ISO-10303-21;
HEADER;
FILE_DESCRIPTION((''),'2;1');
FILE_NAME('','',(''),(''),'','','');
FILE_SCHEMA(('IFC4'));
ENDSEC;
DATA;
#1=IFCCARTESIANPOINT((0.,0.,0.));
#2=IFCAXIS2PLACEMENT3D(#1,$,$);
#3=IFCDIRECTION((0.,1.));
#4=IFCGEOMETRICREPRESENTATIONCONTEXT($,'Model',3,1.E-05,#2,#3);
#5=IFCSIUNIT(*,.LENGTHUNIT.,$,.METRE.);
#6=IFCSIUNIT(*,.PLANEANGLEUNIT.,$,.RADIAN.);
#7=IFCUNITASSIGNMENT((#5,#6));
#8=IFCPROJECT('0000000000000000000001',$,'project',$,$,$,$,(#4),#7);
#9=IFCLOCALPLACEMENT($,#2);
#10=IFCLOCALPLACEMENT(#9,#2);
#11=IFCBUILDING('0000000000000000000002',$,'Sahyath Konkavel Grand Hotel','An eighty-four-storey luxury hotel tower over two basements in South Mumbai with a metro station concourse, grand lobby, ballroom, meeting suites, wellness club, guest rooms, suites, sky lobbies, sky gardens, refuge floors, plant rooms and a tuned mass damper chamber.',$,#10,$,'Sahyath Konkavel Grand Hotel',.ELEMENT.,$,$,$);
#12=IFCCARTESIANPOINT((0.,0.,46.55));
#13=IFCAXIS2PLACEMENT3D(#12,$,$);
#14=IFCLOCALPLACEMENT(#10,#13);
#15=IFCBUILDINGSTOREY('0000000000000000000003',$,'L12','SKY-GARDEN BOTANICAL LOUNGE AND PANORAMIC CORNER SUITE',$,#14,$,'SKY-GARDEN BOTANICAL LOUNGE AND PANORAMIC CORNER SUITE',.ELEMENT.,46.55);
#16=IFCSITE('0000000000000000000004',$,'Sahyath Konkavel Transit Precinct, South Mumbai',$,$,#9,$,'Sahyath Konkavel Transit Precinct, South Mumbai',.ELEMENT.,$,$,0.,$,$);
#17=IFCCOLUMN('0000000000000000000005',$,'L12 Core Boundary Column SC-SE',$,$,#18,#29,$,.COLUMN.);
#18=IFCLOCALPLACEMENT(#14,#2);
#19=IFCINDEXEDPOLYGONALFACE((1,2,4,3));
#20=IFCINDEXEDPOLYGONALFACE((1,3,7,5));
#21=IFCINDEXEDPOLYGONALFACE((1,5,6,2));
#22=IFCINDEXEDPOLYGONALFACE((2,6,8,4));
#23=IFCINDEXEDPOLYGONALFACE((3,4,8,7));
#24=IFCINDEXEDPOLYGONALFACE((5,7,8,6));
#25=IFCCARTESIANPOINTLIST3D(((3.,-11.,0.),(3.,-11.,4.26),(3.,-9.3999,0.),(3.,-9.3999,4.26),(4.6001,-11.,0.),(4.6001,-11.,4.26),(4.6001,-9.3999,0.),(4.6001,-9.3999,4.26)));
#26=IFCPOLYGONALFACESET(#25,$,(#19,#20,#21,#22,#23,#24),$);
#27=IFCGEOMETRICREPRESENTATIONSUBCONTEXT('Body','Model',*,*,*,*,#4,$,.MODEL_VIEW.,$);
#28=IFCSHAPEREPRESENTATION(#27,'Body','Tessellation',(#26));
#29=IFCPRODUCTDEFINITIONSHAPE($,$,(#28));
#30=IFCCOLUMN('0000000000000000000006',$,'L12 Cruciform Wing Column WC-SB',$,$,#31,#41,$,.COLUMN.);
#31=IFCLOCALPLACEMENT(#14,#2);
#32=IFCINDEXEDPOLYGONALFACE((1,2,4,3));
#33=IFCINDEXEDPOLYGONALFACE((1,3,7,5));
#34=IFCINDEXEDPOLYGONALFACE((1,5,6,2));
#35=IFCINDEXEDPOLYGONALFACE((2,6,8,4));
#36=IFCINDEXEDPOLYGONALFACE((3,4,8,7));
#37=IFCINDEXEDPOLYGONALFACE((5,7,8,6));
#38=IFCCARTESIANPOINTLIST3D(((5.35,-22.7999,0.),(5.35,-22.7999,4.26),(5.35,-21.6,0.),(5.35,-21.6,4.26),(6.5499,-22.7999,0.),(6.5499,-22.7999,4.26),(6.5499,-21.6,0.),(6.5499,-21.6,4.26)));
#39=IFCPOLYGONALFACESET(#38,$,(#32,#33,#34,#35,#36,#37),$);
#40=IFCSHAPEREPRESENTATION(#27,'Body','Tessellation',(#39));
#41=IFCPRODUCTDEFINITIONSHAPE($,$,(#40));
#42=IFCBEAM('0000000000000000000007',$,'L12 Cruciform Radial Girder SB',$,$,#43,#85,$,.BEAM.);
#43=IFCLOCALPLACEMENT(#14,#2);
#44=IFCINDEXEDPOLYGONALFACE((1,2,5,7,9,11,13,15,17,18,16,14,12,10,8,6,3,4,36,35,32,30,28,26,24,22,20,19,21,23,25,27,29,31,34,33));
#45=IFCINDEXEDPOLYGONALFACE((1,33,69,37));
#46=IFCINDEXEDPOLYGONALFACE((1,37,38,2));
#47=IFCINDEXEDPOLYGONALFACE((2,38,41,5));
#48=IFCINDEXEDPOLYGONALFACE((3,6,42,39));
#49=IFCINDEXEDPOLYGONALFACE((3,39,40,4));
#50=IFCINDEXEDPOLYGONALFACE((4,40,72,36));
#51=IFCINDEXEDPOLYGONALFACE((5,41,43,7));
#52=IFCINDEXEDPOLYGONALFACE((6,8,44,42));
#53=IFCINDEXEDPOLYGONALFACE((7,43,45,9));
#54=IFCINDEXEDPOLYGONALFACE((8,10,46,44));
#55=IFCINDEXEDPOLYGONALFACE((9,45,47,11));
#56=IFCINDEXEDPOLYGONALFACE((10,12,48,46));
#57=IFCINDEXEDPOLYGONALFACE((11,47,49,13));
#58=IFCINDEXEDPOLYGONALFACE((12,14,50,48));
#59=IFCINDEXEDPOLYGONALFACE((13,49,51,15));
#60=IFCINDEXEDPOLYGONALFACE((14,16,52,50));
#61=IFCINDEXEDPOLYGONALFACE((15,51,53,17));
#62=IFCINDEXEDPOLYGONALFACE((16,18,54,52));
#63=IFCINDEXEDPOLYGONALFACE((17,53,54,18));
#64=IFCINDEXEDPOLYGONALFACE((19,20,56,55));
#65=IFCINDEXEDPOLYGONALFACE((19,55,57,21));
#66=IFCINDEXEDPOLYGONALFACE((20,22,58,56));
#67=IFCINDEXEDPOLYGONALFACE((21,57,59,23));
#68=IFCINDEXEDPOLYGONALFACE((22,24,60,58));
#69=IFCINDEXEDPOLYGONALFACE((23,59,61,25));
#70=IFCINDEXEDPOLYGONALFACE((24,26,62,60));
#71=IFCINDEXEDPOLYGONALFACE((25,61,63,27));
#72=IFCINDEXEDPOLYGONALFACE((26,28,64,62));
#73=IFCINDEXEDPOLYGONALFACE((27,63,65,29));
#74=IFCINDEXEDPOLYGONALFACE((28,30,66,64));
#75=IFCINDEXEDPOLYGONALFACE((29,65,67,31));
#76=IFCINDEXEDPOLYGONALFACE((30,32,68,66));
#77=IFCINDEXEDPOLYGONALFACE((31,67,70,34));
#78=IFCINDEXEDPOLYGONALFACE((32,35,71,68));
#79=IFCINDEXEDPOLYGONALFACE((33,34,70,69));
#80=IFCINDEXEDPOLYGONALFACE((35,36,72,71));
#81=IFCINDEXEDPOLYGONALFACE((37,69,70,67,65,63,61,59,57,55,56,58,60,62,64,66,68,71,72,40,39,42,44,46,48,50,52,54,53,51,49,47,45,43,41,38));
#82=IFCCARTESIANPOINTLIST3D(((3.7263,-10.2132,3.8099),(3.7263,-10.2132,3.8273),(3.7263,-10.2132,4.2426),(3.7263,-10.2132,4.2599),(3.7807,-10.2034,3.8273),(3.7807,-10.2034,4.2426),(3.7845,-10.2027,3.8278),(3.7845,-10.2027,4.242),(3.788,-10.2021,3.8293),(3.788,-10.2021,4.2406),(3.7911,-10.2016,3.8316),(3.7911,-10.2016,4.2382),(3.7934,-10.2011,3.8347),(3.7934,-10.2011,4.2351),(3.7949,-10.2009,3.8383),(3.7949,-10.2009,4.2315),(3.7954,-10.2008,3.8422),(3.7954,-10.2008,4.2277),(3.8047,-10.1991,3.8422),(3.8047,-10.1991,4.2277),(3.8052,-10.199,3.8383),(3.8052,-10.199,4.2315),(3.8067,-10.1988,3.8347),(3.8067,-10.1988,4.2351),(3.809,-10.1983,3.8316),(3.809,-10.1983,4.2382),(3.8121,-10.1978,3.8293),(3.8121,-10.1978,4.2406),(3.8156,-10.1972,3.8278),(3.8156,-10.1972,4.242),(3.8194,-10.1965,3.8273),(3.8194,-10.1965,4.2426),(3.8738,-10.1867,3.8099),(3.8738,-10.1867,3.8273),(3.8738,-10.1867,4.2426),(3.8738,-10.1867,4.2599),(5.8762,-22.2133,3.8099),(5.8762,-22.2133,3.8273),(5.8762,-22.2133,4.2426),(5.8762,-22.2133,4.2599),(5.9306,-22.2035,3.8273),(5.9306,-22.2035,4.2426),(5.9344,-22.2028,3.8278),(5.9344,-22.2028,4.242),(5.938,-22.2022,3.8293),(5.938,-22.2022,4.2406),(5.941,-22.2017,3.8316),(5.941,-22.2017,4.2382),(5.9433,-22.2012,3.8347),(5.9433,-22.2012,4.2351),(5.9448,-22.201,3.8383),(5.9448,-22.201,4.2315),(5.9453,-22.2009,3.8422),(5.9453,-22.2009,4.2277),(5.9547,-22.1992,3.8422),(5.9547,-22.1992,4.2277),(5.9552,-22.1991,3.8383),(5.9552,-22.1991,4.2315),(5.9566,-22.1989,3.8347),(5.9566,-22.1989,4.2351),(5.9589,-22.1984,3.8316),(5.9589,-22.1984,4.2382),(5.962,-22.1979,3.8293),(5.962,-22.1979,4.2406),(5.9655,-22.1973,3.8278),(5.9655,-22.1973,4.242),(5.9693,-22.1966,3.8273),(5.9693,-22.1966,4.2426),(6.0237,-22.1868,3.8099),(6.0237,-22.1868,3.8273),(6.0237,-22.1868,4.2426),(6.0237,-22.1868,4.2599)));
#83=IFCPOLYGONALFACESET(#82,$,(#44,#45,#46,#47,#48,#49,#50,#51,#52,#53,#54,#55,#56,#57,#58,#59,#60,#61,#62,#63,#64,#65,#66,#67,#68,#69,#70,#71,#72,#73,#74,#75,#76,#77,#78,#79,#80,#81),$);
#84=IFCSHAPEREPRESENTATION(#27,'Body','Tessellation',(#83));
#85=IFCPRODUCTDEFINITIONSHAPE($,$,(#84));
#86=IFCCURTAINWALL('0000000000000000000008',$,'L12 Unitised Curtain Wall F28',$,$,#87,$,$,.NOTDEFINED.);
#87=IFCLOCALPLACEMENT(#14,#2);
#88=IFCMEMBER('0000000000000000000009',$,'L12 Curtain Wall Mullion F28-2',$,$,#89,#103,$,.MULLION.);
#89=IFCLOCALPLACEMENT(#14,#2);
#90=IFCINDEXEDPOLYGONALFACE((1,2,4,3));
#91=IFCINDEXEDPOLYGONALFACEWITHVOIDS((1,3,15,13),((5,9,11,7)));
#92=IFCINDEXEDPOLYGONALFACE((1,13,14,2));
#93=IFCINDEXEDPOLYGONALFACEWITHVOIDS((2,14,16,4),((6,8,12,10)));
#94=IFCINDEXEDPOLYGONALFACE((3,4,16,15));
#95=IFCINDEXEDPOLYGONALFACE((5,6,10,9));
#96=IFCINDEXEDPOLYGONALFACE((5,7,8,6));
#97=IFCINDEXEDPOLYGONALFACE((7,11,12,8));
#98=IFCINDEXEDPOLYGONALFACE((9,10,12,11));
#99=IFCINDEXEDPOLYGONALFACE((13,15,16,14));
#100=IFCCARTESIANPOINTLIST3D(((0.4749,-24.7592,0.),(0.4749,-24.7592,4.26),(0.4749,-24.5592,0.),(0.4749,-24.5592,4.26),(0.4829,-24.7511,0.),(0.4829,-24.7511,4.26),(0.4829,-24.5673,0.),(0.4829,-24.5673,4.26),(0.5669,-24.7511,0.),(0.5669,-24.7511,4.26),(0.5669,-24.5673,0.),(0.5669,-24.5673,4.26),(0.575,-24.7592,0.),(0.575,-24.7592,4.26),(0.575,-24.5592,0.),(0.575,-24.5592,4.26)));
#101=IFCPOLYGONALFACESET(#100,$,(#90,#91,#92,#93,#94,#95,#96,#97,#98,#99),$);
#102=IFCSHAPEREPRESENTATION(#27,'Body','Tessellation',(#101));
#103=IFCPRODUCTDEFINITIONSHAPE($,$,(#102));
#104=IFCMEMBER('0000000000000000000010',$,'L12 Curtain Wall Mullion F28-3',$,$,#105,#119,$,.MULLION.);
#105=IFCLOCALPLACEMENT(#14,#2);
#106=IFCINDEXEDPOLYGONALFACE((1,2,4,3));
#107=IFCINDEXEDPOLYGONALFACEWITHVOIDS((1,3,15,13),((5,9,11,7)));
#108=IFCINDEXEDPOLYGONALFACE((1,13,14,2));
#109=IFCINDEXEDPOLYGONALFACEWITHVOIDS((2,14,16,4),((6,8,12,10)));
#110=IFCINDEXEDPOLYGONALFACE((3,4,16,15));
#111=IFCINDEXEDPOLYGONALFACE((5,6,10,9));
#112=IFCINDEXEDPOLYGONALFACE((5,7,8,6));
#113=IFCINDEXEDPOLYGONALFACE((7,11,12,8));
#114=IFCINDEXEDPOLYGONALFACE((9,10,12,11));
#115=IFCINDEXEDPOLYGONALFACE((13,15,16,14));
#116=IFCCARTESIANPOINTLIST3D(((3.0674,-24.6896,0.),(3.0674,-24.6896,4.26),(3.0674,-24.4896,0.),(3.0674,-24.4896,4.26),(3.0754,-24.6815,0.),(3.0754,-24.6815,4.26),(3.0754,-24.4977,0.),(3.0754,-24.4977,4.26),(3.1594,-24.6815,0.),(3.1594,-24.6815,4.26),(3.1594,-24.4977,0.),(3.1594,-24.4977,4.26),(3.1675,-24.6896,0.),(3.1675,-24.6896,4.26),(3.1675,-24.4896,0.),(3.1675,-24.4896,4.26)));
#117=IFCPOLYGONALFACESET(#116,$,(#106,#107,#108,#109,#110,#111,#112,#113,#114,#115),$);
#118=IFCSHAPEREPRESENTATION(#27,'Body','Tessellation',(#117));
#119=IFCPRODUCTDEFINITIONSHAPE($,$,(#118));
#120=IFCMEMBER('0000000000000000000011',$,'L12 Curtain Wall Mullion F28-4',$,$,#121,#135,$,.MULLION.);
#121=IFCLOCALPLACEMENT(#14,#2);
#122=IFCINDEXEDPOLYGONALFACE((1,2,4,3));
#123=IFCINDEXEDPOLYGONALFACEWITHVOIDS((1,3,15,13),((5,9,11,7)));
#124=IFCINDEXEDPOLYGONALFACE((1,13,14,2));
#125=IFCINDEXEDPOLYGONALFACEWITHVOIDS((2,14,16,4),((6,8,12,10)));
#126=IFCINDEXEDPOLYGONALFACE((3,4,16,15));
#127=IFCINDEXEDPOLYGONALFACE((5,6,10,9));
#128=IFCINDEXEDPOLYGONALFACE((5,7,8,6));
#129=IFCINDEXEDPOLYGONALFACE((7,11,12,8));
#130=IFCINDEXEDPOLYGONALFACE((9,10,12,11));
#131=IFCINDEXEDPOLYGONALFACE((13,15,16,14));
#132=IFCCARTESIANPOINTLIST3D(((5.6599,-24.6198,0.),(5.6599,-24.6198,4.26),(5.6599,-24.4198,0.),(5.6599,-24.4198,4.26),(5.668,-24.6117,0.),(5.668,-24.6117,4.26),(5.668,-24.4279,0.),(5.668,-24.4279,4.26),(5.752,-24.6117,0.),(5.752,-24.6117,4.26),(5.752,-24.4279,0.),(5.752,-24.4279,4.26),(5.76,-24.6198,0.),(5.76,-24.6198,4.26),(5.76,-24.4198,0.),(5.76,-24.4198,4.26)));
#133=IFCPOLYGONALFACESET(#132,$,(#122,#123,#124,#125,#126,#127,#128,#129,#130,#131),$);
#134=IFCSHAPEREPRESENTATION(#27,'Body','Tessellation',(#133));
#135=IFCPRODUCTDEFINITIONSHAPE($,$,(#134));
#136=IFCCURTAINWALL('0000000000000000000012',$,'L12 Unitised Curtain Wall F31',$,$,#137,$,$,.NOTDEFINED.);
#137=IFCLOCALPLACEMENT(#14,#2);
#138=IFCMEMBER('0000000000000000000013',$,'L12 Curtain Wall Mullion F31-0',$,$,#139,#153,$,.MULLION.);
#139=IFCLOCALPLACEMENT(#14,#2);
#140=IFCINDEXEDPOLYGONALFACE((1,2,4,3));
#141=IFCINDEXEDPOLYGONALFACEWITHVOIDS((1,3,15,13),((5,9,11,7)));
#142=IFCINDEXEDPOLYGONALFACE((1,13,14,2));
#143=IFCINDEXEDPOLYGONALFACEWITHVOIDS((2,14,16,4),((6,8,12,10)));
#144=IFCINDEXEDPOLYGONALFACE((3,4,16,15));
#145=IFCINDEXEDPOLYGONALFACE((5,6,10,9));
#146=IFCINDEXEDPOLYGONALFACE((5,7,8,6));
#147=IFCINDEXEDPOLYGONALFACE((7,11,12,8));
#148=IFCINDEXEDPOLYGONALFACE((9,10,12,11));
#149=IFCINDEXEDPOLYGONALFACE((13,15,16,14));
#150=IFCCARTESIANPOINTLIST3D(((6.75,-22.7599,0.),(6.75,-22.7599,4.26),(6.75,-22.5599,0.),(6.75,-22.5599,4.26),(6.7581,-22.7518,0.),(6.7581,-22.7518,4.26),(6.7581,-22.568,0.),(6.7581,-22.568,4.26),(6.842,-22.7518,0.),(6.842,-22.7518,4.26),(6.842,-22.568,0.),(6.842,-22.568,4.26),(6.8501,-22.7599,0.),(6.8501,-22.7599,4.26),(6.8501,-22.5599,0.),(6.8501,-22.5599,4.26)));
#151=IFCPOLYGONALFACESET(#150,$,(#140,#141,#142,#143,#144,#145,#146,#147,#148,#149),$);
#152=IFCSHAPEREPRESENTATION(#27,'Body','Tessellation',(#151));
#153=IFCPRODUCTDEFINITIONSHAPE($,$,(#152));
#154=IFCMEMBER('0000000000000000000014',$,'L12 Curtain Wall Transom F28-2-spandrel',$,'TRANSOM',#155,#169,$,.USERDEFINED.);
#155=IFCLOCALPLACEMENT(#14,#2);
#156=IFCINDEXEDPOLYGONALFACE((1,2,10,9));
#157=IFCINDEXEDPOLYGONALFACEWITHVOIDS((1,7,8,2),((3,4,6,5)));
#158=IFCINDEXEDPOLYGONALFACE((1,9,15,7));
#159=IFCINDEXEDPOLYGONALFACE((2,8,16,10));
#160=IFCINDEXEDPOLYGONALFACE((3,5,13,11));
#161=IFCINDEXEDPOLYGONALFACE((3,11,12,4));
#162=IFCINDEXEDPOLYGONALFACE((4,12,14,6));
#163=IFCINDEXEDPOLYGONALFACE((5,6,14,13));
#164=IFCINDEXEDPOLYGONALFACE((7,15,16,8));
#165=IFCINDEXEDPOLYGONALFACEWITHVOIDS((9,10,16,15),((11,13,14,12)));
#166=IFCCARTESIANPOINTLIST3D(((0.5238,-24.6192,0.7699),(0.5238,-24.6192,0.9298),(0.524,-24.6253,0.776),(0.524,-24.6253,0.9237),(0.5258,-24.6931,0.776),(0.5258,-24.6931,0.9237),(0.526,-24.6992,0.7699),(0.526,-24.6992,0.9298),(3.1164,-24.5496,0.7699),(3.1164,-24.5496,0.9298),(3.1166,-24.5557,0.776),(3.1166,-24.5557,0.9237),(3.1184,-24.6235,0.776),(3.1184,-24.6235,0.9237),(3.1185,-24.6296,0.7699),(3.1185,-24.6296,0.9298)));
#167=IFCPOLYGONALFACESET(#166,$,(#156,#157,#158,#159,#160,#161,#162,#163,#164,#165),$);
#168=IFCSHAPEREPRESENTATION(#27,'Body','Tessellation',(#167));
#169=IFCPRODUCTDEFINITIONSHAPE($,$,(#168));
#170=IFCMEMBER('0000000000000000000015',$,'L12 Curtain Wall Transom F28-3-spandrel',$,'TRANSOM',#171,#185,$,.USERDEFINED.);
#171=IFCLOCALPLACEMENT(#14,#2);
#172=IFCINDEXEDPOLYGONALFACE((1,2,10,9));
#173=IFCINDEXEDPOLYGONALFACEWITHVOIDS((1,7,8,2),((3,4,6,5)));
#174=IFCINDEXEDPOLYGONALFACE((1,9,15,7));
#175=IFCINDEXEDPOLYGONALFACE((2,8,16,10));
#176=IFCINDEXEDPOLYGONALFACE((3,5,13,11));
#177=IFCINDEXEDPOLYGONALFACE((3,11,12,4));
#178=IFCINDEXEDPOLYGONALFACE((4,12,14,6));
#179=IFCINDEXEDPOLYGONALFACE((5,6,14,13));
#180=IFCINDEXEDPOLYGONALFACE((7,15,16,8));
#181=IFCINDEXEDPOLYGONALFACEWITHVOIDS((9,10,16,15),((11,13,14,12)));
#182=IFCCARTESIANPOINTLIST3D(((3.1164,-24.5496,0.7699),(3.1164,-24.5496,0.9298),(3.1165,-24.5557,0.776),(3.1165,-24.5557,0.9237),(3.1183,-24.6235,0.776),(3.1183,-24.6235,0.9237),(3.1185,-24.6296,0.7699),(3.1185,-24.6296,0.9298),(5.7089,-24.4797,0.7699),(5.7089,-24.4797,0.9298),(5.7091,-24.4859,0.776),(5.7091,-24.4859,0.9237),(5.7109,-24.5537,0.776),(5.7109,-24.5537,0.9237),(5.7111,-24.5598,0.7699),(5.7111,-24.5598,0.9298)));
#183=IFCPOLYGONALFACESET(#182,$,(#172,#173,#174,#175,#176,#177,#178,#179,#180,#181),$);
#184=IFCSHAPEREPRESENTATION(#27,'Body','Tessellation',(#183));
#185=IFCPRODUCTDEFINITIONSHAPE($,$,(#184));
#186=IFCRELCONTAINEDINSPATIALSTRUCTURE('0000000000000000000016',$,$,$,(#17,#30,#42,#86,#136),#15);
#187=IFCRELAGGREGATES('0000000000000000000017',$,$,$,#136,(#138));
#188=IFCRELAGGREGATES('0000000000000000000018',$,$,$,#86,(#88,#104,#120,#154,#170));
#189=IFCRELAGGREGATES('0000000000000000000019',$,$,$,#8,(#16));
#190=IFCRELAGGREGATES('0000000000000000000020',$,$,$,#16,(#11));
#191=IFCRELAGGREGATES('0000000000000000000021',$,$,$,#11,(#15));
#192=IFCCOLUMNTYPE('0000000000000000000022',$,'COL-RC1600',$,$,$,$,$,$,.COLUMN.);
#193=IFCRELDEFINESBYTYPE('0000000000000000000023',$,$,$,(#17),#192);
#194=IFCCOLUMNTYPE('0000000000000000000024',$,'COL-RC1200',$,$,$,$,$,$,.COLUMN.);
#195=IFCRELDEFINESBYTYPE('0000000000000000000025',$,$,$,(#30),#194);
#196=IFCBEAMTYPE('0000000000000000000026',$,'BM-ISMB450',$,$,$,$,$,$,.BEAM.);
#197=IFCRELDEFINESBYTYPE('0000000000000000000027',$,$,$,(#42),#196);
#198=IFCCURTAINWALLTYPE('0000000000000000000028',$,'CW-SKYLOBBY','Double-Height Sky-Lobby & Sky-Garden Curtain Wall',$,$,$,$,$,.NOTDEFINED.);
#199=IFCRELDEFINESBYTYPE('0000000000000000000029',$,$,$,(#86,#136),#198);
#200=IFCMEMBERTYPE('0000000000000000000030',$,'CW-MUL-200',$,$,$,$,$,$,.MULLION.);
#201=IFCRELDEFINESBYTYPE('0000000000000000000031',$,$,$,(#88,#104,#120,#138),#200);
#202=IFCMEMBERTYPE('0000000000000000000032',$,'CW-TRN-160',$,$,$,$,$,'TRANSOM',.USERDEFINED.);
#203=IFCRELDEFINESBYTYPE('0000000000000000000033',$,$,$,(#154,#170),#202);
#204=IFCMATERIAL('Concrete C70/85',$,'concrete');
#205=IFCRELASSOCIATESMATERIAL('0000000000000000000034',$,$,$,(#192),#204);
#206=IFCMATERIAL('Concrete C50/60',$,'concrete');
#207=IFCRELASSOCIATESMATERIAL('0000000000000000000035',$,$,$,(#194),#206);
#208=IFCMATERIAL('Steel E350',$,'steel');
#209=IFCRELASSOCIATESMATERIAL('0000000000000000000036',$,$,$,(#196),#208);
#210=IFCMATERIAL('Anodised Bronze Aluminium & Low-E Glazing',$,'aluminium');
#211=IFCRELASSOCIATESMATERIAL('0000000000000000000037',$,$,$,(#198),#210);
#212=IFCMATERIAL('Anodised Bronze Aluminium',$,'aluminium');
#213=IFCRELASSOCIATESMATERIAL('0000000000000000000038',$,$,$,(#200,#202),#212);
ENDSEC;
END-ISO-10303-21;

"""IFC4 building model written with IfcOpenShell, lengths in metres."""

from ifc_helpers import new_model, si_unit, direction, frame, origin, origin_2d, place, context, subcontext, project, spatial, rectangle, hollow_rectangle, i_section, extrude, source, transform, mapped, material, material_profile, profile_set, type_object, element, aggregate, save


model = new_model("IFC4")

# Units and contexts
model_context = context("Model", 3, precision=1e-05, world=origin(), true_north=direction((0.0, 1.0)))
body_context = subcontext(model_context, "Body", "Model", "MODEL_VIEW")
ifc_project = project(units=[si_unit("LENGTHUNIT", "METRE"), si_unit("PLANEANGLEUNIT", "RADIAN")], contexts=[model_context])

# Site, building, storey
site_placement = place(None, origin())
site = spatial("IfcSite", under=ifc_project, at=site_placement, Name="Sahyath Konkavel Transit Precinct, South Mumbai", LongName="Sahyath Konkavel Transit Precinct, South Mumbai", CompositionType="ELEMENT", RefElevation=0.0)
building_placement = place(site_placement, origin())
building = spatial("IfcBuilding", under=site, at=building_placement, Name="Sahyath Konkavel Grand Hotel", Description="An eighty-four-storey luxury hotel tower over two basements in South Mumbai with a metro station concourse, grand lobby, ballroom, meeting suites, wellness club, guest rooms, suites, sky lobbies, sky gardens, refuge floors, plant rooms and a tuned mass damper chamber.", LongName="Sahyath Konkavel Grand Hotel", CompositionType="ELEMENT")
storey_placement = place(building_placement, frame((0.0, 0.0, 46.55)))
storey = spatial("IfcBuildingStorey", under=building, at=storey_placement, Name="L12", Description="SKY-GARDEN BOTANICAL LOUNGE AND PANORAMIC CORNER SUITE", LongName="SKY-GARDEN BOTANICAL LOUNGE AND PANORAMIC CORNER SUITE", CompositionType="ELEMENT", Elevation=46.55)

# Columns
ifc_material_1 = material(Name="Concrete C70/85", Category="concrete")
ifc_material_profile_1 = material_profile(ifc_material_1, rectangle(XDim=1.6001, YDim=1.6001, at=origin_2d()), Name="RC 1600x1600")
ifc_profile_set_1 = profile_set([ifc_material_profile_1], Name="Concrete C70/85")
column_type_1 = type_object("IfcColumnType", Name="COL-RC1600", PredefinedType="COLUMN", material=ifc_profile_set_1)
shared_shape_1 = source(origin(), body_context, "Body", "SweptSolid", [
    extrude(rectangle(XDim=1.6001, YDim=1.6001, at=origin_2d()), origin(), (0.0, 0.0, 1.0), 4.26),
])
column_1_placement = place(storey_placement, frame((3.8, -10.2, 0.0), z_axis=(0.0, 0.0, 1.0), x_axis=(1.0, 0.0, 0.0)))
element("IfcColumn", 1, at=column_1_placement, inside=storey, type_object=column_type_1, Name="L12 Core Boundary Column SC-SE", PredefinedType="COLUMN", context=body_context, shape_type="MappedRepresentation", body=[
    mapped(shared_shape_1, transform((0.0, 0.0, 0.0), scale=1.0)),
])
ifc_material_2 = material(Name="Concrete C50/60", Category="concrete")
ifc_material_profile_2 = material_profile(ifc_material_2, rectangle(XDim=1.2, YDim=1.2, at=origin_2d()), Name="RC 1200x1200")
ifc_profile_set_2 = profile_set([ifc_material_profile_2], Name="Concrete C50/60")
column_type_2 = type_object("IfcColumnType", Name="COL-RC1200", PredefinedType="COLUMN", material=ifc_profile_set_2)
shared_shape_2 = source(origin(), body_context, "Body", "SweptSolid", [
    extrude(rectangle(XDim=1.2, YDim=1.2, at=origin_2d()), origin(), (0.0, 0.0, 1.0), 4.26),
])
column_2_placement = place(storey_placement, frame((5.95, -22.2, 0.0), z_axis=(0.0, 0.0, 1.0), x_axis=(1.0, 0.0, 0.0)))
element("IfcColumn", 2, at=column_2_placement, inside=storey, type_object=column_type_2, Name="L12 Cruciform Wing Column WC-SB", PredefinedType="COLUMN", context=body_context, shape_type="MappedRepresentation", body=[
    mapped(shared_shape_2, transform((0.0, 0.0, 0.0), scale=1.0)),
])

# Beam
ifc_material_3 = material(Name="Steel E350", Category="steel")
ifc_material_profile_3 = material_profile(ifc_material_3, i_section(OverallWidth=0.1499, OverallDepth=0.45, WebThickness=0.0095, FlangeThickness=0.0173, FilletRadius=0.0149, at=origin_2d()), Name="ISMB 450")
ifc_profile_set_3 = profile_set([ifc_material_profile_3], Name="Steel E350")
beam_type_1 = type_object("IfcBeamType", Name="BM-ISMB450", PredefinedType="BEAM", material=ifc_profile_set_3)
shared_shape_3 = source(origin(), body_context, "Body", "SweptSolid", [
    extrude(i_section(OverallWidth=0.1499, OverallDepth=0.45, WebThickness=0.0095, FlangeThickness=0.0173, FilletRadius=0.0149, at=origin_2d()), origin(), (0.0, 0.0, 1.0), 12.1912),
])
beam_1_placement = place(storey_placement, frame((3.8, -10.2, 4.0349), z_axis=(0.176351, -0.984327, 0.0), x_axis=(0.984327, 0.176351, 0.0)))
element("IfcBeam", 3, at=beam_1_placement, inside=storey, type_object=beam_type_1, Name="L12 Cruciform Radial Girder SB", PredefinedType="BEAM", context=body_context, shape_type="MappedRepresentation", body=[
    mapped(shared_shape_3, transform((0.0, 0.0, 0.0), scale=1.0)),
])

# Curtain wall, members
ifc_material_4 = material(Name="Anodised Bronze Aluminium & Low-E Glazing", Category="aluminium")
curtain_wall_type = type_object("IfcCurtainWallType", Name="CW-SKYLOBBY", Description="Double-Height Sky-Lobby & Sky-Garden Curtain Wall", PredefinedType="NOTDEFINED", material=ifc_material_4)
curtain_wall_1_placement = place(storey_placement, origin())
curtain_wall_1 = element("IfcCurtainWall", 4, at=curtain_wall_1_placement, inside=storey, type_object=curtain_wall_type, Name="L12 Unitised Curtain Wall F28", PredefinedType="NOTDEFINED")
ifc_material_5 = material(Name="Anodised Bronze Aluminium", Category="aluminium")
ifc_material_profile_4 = material_profile(ifc_material_5, hollow_rectangle(XDim=0.1001, YDim=0.2, WallThickness=0.0081, at=origin_2d()), Name="RHS 200x100x8")
ifc_profile_set_4 = profile_set([ifc_material_profile_4], Name="Anodised Bronze Aluminium")
member_type_1 = type_object("IfcMemberType", Name="CW-MUL-200", PredefinedType="MULLION", material=ifc_profile_set_4)
shared_shape_4 = source(origin(), body_context, "Body", "SweptSolid", [
    extrude(hollow_rectangle(XDim=0.1001, YDim=0.2, WallThickness=0.0081, at=origin_2d()), origin(), (0.0, 0.0, 1.0), 4.26),
])
member_1_placement = place(storey_placement, frame((0.5249, -24.6592, 0.0), z_axis=(0.0, 0.0, 1.0), x_axis=(1.0, 0.0, 0.0)))
member_1 = element("IfcMember", 5, at=member_1_placement, type_object=member_type_1, Name="L12 Curtain Wall Mullion F28-2", PredefinedType="MULLION", context=body_context, shape_type="MappedRepresentation", body=[
    mapped(shared_shape_4, transform((0.0, 0.0, 0.0), scale=1.0)),
])
member_2_placement = place(storey_placement, frame((3.1174, -24.5896, 0.0), z_axis=(0.0, 0.0, 1.0), x_axis=(1.0, 0.0, 0.0)))
member_2 = element("IfcMember", 6, at=member_2_placement, type_object=member_type_1, Name="L12 Curtain Wall Mullion F28-3", PredefinedType="MULLION", context=body_context, shape_type="MappedRepresentation", body=[
    mapped(shared_shape_4, transform((0.0, 0.0, 0.0), scale=1.0)),
])
member_3_placement = place(storey_placement, frame((5.71, -24.5198, 0.0), z_axis=(0.0, 0.0, 1.0), x_axis=(1.0, 0.0, 0.0)))
member_3 = element("IfcMember", 7, at=member_3_placement, type_object=member_type_1, Name="L12 Curtain Wall Mullion F28-4", PredefinedType="MULLION", context=body_context, shape_type="MappedRepresentation", body=[
    mapped(shared_shape_4, transform((0.0, 0.0, 0.0), scale=1.0)),
])

# Curtain wall, member
curtain_wall_2_placement = place(storey_placement, origin())
curtain_wall_2 = element("IfcCurtainWall", 8, at=curtain_wall_2_placement, inside=storey, type_object=curtain_wall_type, Name="L12 Unitised Curtain Wall F31", PredefinedType="NOTDEFINED")
member_4_placement = place(storey_placement, frame((6.8, -22.6599, 0.0), z_axis=(0.0, 0.0, 1.0), x_axis=(1.0, 0.0, 0.0)))
member_4 = element("IfcMember", 9, at=member_4_placement, type_object=member_type_1, Name="L12 Curtain Wall Mullion F31-0", PredefinedType="MULLION", context=body_context, shape_type="MappedRepresentation", body=[
    mapped(shared_shape_4, transform((0.0, 0.0, 0.0), scale=1.0)),
])
aggregate(curtain_wall_2, [member_4])

# Members
ifc_material_profile_5 = material_profile(ifc_material_5, hollow_rectangle(XDim=0.0801, YDim=0.1599, WallThickness=0.0061, at=origin_2d()), Name="RHS 160x80x6")
ifc_profile_set_5 = profile_set([ifc_material_profile_5], Name="Anodised Bronze Aluminium")
member_type_2 = type_object("IfcMemberType", Name="CW-TRN-160", ElementType="TRANSOM", PredefinedType="USERDEFINED", material=ifc_profile_set_5)
shared_shape_5 = source(origin(), body_context, "Body", "SweptSolid", [
    extrude(hollow_rectangle(XDim=0.0801, YDim=0.1599, WallThickness=0.0061, at=origin_2d()), origin(), (0.0, 0.0, 1.0), 2.5935),
])
member_5_placement = place(storey_placement, frame((0.5249, -24.6592, 0.8499), z_axis=(0.99964, 0.026829, 0.0), x_axis=(-0.026829, 0.99964, 0.0)))
member_5 = element("IfcMember", 10, at=member_5_placement, type_object=member_type_2, Name="L12 Curtain Wall Transom F28-2-spandrel", ObjectType="TRANSOM", PredefinedType="USERDEFINED", context=body_context, shape_type="MappedRepresentation", body=[
    mapped(shared_shape_5, transform((0.0, 0.0, 0.0), scale=1.0)),
])
member_6_placement = place(storey_placement, frame((3.1174, -24.5896, 0.8499), z_axis=(0.999638, 0.026923, 0.0), x_axis=(-0.026923, 0.999638, 0.0)))
member_6 = element("IfcMember", 11, at=member_6_placement, type_object=member_type_2, Name="L12 Curtain Wall Transom F28-3-spandrel", ObjectType="TRANSOM", PredefinedType="USERDEFINED", context=body_context, shape_type="MappedRepresentation", body=[
    mapped(shared_shape_5, transform((0.0, 0.0, 0.0), scale=1.0)),
])

aggregate(curtain_wall_1, [member_1, member_2, member_3, member_5, member_6])

save(model, "model.ifc")
